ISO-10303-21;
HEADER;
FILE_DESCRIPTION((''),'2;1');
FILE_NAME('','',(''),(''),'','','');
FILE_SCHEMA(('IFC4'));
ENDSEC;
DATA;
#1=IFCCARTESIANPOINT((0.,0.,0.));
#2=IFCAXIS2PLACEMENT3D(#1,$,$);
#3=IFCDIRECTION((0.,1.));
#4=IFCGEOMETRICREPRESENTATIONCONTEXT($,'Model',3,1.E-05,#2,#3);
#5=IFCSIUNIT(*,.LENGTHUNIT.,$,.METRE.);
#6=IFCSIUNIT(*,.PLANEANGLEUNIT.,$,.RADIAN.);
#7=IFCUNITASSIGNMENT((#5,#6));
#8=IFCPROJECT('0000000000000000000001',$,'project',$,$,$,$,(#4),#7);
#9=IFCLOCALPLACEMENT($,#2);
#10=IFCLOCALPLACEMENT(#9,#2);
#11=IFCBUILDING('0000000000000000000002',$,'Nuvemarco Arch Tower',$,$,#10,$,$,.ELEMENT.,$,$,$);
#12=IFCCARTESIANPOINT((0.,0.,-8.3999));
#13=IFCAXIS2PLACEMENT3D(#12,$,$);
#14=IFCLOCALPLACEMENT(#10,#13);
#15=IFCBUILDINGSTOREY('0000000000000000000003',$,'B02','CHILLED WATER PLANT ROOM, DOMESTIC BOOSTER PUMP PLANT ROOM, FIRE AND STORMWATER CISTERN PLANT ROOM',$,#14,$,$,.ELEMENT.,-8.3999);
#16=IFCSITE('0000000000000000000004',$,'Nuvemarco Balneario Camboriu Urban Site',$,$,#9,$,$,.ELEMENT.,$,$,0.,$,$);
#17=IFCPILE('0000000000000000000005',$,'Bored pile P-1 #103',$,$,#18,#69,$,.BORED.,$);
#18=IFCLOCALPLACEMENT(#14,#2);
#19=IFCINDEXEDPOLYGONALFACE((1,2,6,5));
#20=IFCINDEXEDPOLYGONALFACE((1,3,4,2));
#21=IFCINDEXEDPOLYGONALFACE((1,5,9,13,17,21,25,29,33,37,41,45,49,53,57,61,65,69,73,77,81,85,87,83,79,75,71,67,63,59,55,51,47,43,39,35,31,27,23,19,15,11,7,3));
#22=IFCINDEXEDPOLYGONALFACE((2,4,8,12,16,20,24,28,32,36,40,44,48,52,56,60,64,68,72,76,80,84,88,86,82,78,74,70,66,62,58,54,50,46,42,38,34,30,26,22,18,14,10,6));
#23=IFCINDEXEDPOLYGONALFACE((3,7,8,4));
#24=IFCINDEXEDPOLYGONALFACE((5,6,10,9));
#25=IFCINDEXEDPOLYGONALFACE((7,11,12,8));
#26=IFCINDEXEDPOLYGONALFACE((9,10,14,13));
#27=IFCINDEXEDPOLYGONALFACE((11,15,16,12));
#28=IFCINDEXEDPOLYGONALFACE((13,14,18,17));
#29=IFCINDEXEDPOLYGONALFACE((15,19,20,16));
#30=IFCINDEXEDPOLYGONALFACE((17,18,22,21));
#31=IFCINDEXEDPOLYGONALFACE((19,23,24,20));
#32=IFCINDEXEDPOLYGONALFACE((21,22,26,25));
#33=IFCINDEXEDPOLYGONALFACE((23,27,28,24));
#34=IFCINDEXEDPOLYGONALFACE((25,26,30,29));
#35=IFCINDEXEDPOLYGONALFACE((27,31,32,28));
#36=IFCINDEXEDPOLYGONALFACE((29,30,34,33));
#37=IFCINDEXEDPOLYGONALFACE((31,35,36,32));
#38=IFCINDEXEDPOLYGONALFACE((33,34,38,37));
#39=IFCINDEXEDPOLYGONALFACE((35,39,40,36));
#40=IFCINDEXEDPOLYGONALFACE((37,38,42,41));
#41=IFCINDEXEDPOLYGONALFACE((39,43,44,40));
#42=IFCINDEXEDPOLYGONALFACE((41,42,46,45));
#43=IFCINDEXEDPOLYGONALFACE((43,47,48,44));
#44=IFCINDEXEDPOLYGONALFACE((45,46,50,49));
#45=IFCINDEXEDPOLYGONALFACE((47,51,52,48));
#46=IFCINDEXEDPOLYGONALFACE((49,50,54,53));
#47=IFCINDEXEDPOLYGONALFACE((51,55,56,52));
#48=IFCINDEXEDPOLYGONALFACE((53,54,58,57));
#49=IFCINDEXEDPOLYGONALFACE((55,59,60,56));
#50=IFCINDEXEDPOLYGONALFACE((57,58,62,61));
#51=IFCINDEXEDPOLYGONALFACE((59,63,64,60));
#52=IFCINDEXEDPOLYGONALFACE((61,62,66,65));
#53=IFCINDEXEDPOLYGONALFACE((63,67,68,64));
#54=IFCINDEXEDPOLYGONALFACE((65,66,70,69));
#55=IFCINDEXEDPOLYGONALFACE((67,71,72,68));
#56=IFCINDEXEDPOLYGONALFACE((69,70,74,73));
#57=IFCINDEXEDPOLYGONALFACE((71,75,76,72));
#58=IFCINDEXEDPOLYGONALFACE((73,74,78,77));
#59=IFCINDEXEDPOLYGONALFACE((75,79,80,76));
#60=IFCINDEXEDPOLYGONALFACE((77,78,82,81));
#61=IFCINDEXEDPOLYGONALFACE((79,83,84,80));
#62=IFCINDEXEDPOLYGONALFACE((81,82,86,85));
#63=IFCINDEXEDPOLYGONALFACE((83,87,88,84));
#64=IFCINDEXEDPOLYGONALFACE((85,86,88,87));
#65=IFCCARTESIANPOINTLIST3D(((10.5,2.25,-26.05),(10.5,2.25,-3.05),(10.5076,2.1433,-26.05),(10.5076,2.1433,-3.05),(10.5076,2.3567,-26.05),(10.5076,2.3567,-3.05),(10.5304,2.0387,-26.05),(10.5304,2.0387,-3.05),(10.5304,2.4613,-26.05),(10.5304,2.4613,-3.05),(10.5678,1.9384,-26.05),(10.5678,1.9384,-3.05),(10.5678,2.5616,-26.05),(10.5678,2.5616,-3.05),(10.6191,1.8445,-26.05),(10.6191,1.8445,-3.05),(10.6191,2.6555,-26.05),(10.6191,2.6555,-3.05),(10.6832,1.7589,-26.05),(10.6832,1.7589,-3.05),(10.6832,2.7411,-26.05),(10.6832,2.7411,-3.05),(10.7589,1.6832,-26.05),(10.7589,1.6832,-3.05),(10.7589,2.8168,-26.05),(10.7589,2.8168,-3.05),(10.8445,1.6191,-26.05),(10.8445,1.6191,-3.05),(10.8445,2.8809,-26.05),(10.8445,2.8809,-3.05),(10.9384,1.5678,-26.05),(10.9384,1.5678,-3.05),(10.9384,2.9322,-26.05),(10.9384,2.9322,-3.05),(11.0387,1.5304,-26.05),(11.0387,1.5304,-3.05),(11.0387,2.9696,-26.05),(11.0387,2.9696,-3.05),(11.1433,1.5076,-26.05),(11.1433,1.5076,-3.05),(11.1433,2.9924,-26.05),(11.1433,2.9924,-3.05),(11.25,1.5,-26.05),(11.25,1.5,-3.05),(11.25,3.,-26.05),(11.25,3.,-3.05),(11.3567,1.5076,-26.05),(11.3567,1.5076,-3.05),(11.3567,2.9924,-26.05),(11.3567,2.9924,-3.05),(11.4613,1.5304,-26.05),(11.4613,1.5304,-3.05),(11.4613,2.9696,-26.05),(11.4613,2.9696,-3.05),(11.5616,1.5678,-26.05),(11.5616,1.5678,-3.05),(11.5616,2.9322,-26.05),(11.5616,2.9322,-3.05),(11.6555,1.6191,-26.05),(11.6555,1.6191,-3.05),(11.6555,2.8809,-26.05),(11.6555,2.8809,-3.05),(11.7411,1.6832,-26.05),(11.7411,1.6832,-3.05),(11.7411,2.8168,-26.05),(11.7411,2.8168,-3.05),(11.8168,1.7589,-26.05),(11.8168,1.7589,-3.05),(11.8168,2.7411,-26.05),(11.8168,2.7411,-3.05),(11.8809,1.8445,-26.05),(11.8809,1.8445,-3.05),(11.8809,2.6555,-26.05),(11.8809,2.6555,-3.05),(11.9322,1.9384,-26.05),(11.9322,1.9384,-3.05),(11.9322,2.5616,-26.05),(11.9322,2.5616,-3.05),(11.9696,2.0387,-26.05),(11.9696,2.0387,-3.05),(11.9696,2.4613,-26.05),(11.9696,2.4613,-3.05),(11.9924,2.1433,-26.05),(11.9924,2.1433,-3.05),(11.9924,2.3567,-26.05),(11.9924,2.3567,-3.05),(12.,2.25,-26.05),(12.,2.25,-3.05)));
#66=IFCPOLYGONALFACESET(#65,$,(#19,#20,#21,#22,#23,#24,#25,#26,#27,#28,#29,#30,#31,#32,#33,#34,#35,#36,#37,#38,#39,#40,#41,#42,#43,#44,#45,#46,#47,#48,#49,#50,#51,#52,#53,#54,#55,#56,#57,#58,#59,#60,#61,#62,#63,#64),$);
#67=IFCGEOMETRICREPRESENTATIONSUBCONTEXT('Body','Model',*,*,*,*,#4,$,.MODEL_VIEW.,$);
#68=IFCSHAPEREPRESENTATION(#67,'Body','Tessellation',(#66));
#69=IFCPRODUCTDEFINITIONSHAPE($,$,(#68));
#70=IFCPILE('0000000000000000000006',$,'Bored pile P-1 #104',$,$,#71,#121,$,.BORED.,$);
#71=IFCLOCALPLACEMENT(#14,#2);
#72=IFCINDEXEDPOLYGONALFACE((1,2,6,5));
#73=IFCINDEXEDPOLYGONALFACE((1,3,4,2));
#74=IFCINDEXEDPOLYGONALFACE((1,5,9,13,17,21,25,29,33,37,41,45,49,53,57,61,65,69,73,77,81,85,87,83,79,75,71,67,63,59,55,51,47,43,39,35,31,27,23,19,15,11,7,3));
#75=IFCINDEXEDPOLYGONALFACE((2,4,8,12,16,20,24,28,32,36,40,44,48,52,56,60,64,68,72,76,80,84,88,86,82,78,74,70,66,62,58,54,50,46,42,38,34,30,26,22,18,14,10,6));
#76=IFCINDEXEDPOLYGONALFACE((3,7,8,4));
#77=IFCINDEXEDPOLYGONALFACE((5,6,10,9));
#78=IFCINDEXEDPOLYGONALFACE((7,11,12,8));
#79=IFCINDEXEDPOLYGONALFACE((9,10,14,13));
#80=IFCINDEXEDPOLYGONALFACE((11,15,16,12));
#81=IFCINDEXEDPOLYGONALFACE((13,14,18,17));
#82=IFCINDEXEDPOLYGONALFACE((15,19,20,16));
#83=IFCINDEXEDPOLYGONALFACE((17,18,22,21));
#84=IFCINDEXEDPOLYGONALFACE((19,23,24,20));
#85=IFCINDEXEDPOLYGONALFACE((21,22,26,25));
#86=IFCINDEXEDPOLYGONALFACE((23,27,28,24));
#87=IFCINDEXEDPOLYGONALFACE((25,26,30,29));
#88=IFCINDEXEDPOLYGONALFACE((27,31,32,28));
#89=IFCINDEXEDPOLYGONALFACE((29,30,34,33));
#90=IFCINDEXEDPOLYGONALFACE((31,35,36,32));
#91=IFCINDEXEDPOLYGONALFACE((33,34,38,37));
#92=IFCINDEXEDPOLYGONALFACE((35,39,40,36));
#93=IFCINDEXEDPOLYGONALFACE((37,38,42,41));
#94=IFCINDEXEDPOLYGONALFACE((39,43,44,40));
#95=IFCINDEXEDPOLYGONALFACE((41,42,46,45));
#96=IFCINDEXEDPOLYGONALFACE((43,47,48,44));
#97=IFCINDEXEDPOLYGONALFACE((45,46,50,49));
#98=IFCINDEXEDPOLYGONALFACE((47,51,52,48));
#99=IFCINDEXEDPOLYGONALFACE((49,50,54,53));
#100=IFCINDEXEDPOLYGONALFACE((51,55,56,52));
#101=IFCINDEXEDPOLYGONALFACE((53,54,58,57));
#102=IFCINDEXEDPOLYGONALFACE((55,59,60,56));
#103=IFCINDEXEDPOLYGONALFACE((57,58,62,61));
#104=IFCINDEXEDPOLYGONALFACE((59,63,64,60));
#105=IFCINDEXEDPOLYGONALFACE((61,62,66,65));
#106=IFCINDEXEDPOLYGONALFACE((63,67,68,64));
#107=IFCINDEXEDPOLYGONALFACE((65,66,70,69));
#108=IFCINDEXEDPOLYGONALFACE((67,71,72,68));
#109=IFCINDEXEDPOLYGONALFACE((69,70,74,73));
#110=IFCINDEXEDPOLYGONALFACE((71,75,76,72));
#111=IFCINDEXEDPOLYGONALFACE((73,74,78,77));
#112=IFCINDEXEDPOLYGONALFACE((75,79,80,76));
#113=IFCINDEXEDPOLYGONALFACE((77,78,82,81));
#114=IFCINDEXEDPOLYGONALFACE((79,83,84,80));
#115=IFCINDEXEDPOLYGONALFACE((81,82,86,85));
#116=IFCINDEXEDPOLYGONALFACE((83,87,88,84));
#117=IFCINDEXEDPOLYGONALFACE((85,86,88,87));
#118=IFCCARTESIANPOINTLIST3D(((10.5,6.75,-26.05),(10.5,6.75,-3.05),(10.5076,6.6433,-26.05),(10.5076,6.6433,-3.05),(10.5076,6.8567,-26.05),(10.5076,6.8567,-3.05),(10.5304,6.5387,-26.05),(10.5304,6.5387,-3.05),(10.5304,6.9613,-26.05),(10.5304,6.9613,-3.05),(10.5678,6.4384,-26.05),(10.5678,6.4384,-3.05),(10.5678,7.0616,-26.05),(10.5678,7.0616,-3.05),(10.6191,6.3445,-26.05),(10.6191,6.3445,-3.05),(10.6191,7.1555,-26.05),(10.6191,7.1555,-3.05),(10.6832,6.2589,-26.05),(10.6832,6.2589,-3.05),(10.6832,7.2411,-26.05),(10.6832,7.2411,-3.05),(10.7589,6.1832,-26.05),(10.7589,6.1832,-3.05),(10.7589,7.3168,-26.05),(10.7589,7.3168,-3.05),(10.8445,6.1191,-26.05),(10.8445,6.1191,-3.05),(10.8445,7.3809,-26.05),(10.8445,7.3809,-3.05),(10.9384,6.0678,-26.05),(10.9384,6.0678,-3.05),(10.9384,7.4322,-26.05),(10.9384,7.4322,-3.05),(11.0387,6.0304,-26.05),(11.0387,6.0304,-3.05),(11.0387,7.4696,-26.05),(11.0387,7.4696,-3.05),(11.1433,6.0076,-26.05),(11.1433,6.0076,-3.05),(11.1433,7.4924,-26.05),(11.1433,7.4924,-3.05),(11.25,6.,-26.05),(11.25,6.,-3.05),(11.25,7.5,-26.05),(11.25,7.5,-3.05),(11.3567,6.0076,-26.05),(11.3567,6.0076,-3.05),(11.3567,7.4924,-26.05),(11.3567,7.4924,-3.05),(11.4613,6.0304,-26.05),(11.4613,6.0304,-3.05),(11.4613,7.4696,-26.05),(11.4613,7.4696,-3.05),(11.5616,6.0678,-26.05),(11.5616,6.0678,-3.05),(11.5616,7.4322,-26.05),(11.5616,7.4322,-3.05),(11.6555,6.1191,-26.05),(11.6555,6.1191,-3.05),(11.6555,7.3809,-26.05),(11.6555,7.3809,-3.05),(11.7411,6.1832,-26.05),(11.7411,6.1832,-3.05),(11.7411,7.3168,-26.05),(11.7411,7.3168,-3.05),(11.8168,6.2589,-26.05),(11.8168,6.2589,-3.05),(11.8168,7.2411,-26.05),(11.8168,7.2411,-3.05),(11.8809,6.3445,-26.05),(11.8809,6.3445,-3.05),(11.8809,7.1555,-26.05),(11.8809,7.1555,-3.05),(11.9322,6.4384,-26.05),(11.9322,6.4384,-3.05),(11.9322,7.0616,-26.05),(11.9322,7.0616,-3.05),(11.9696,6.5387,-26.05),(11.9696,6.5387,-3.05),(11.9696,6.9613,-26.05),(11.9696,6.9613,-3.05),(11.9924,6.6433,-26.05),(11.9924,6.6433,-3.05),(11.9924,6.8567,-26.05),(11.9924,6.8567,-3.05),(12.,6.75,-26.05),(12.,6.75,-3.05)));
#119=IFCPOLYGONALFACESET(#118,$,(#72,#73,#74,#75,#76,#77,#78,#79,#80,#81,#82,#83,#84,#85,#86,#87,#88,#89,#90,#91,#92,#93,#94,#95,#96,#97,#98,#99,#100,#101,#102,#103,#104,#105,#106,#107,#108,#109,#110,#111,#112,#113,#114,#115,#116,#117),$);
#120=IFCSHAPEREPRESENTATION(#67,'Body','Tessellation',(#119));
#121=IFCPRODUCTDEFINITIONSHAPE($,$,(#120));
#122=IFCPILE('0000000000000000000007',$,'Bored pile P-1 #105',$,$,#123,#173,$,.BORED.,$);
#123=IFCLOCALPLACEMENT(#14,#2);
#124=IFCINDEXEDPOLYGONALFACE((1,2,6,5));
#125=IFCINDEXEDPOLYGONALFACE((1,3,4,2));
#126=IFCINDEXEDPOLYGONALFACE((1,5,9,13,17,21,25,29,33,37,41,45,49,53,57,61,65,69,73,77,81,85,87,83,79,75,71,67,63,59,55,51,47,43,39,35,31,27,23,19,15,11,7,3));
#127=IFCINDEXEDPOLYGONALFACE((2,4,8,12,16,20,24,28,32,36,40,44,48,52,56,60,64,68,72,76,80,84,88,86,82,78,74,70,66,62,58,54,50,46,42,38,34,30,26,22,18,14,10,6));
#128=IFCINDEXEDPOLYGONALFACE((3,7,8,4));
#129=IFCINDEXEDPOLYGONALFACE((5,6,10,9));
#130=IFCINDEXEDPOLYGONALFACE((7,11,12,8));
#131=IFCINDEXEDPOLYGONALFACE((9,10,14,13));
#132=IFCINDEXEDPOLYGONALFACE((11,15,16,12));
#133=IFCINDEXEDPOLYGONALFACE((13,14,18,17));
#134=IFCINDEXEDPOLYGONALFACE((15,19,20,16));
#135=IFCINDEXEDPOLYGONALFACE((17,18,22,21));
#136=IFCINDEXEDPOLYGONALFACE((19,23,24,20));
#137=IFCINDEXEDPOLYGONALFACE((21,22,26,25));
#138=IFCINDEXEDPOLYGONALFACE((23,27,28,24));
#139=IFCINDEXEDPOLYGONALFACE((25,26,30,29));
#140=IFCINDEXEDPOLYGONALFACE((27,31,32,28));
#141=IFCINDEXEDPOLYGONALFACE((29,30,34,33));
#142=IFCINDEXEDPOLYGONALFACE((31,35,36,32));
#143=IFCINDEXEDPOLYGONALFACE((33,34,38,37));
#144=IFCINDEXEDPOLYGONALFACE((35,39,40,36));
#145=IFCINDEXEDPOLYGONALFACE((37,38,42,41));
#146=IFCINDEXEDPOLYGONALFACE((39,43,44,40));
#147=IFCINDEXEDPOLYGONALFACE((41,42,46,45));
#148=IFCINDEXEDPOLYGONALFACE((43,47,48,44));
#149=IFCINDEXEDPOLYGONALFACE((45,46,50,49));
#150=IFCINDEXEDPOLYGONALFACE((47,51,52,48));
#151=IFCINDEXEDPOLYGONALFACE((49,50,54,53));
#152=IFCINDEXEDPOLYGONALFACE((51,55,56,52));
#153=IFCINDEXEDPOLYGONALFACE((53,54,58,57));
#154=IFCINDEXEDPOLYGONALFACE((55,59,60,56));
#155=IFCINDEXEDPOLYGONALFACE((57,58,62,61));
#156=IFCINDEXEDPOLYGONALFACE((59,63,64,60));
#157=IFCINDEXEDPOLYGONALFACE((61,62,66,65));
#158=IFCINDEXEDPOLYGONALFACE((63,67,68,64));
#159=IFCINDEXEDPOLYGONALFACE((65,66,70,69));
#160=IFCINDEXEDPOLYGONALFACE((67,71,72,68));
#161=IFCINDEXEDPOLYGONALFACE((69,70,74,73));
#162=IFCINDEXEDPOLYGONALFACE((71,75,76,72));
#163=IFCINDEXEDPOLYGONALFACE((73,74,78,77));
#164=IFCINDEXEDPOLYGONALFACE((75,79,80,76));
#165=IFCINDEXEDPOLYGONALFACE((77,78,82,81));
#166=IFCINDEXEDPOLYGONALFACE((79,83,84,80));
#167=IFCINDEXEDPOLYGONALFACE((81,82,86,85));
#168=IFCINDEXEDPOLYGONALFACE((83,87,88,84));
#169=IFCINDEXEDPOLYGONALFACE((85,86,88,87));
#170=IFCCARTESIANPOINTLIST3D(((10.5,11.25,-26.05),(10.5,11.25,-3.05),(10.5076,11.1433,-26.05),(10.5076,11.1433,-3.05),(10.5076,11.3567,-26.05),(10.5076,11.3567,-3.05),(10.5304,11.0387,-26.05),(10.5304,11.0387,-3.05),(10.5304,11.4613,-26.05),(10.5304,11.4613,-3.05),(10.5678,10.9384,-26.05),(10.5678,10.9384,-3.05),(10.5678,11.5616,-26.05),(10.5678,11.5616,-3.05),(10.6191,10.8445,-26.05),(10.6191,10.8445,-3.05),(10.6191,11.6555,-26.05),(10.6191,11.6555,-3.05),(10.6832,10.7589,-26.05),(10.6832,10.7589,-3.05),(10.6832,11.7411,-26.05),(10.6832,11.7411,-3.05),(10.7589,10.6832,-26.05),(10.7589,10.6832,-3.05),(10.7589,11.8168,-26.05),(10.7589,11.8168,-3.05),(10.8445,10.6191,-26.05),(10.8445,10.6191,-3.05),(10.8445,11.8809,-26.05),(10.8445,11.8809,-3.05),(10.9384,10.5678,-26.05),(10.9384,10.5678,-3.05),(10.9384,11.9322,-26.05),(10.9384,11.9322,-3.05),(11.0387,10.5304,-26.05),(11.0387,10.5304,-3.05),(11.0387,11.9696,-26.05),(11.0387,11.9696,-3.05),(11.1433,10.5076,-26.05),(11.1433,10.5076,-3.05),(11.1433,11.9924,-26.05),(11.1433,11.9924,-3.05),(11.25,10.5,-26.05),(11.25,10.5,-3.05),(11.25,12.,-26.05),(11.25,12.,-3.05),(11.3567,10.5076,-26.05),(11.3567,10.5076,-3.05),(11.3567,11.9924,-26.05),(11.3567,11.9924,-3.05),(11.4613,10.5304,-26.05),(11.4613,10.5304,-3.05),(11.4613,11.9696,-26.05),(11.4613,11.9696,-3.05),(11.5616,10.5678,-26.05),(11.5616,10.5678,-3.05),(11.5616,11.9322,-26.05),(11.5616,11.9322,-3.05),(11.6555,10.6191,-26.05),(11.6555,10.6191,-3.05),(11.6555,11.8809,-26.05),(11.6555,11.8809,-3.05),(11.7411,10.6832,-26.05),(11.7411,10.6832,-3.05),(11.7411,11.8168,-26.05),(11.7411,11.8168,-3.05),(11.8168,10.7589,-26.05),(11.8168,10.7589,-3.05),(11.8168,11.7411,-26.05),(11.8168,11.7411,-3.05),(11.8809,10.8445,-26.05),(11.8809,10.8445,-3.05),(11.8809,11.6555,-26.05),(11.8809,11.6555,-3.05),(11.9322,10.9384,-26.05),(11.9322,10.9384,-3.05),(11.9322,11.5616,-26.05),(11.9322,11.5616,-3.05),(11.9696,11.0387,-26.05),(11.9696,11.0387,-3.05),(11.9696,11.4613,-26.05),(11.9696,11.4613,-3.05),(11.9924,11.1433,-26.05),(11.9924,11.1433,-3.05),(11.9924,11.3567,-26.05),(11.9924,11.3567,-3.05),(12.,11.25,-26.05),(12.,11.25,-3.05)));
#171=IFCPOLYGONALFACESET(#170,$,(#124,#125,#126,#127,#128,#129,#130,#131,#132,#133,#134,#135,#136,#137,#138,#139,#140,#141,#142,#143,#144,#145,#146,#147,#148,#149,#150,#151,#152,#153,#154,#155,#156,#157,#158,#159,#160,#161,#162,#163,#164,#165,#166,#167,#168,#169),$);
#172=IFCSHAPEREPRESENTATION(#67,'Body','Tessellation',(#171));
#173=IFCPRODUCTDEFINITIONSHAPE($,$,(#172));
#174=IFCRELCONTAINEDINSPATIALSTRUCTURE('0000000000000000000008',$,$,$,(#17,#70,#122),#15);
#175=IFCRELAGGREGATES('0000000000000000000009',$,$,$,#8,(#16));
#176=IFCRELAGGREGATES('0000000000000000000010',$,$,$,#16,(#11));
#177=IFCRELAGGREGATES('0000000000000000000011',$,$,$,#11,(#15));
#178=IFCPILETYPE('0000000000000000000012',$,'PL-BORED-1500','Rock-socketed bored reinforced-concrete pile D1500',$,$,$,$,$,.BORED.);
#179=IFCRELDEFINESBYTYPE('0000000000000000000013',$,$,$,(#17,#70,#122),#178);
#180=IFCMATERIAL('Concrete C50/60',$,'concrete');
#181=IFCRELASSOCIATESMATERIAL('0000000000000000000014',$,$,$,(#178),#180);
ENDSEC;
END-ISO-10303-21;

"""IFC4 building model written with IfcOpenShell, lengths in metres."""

from ifc_helpers import new_model, si_unit, direction, frame, origin, origin_2d, place, context, subcontext, project, spatial, circle, extrude, material, material_profile, profile_set, type_object, element, save


model = new_model("IFC4")

# Units and contexts
model_context = context("Model", 3, precision=1e-05, world=origin(), true_north=direction((0.0, 1.0)))
body_context = subcontext(model_context, "Body", "Model", "MODEL_VIEW")
ifc_project = project(units=[si_unit("LENGTHUNIT", "METRE"), si_unit("PLANEANGLEUNIT", "RADIAN")], contexts=[model_context])

# Site, building, storey
site_placement = place(None, origin())
site = spatial("IfcSite", under=ifc_project, at=site_placement, Name="Nuvemarco Balneario Camboriu Urban Site", CompositionType="ELEMENT", RefElevation=0.0)
building_placement = place(site_placement, origin())
building = spatial("IfcBuilding", under=site, at=building_placement, Name="Nuvemarco Arch Tower", CompositionType="ELEMENT")
storey_placement = place(building_placement, frame((0.0, 0.0, -8.3999)))
storey = spatial("IfcBuildingStorey", under=building, at=storey_placement, Name="B02", Description="CHILLED WATER PLANT ROOM, DOMESTIC BOOSTER PUMP PLANT ROOM, FIRE AND STORMWATER CISTERN PLANT ROOM", CompositionType="ELEMENT", Elevation=-8.3999)

# Piles
ifc_material_1 = material(Name="Concrete C50/60", Category="concrete")
ifc_material_profile_1 = material_profile(ifc_material_1, circle(Radius=0.75, at=origin_2d()), Name="PILE-D1500")
ifc_profile_set_1 = profile_set([ifc_material_profile_1], Name="Concrete C50/60")
pile_type = type_object("IfcPileType", Name="PL-BORED-1500", Description="Rock-socketed bored reinforced-concrete pile D1500", PredefinedType="BORED", material=ifc_profile_set_1)
for number, where, z_axis, x_axis, name in (
    (1, (11.25, 2.25, -3.05), (0.0, 0.0, -1.0), (1.0, 0.0, 0.0), "Bored pile P-1 #103"),
    (2, (11.25, 6.75, -3.05), (0.0, 0.0, -1.0), (1.0, 0.0, 0.0), "Bored pile P-1 #104"),
    (3, (11.25, 11.25, -3.05), (0.0, 0.0, -1.0), (1.0, 0.0, 0.0), "Bored pile P-1 #105"),
):
    element("IfcPile", number, at=place(storey_placement, frame(where, z_axis=z_axis, x_axis=x_axis)), inside=storey, type_object=pile_type, Name=name, PredefinedType="BORED", context=body_context, shape_type="SweptSolid", body=[
        extrude(circle(Radius=0.75, at=origin_2d()), origin(), (0.0, 0.0, 1.0), 23.0),
    ])

save(model, "model.ifc")
